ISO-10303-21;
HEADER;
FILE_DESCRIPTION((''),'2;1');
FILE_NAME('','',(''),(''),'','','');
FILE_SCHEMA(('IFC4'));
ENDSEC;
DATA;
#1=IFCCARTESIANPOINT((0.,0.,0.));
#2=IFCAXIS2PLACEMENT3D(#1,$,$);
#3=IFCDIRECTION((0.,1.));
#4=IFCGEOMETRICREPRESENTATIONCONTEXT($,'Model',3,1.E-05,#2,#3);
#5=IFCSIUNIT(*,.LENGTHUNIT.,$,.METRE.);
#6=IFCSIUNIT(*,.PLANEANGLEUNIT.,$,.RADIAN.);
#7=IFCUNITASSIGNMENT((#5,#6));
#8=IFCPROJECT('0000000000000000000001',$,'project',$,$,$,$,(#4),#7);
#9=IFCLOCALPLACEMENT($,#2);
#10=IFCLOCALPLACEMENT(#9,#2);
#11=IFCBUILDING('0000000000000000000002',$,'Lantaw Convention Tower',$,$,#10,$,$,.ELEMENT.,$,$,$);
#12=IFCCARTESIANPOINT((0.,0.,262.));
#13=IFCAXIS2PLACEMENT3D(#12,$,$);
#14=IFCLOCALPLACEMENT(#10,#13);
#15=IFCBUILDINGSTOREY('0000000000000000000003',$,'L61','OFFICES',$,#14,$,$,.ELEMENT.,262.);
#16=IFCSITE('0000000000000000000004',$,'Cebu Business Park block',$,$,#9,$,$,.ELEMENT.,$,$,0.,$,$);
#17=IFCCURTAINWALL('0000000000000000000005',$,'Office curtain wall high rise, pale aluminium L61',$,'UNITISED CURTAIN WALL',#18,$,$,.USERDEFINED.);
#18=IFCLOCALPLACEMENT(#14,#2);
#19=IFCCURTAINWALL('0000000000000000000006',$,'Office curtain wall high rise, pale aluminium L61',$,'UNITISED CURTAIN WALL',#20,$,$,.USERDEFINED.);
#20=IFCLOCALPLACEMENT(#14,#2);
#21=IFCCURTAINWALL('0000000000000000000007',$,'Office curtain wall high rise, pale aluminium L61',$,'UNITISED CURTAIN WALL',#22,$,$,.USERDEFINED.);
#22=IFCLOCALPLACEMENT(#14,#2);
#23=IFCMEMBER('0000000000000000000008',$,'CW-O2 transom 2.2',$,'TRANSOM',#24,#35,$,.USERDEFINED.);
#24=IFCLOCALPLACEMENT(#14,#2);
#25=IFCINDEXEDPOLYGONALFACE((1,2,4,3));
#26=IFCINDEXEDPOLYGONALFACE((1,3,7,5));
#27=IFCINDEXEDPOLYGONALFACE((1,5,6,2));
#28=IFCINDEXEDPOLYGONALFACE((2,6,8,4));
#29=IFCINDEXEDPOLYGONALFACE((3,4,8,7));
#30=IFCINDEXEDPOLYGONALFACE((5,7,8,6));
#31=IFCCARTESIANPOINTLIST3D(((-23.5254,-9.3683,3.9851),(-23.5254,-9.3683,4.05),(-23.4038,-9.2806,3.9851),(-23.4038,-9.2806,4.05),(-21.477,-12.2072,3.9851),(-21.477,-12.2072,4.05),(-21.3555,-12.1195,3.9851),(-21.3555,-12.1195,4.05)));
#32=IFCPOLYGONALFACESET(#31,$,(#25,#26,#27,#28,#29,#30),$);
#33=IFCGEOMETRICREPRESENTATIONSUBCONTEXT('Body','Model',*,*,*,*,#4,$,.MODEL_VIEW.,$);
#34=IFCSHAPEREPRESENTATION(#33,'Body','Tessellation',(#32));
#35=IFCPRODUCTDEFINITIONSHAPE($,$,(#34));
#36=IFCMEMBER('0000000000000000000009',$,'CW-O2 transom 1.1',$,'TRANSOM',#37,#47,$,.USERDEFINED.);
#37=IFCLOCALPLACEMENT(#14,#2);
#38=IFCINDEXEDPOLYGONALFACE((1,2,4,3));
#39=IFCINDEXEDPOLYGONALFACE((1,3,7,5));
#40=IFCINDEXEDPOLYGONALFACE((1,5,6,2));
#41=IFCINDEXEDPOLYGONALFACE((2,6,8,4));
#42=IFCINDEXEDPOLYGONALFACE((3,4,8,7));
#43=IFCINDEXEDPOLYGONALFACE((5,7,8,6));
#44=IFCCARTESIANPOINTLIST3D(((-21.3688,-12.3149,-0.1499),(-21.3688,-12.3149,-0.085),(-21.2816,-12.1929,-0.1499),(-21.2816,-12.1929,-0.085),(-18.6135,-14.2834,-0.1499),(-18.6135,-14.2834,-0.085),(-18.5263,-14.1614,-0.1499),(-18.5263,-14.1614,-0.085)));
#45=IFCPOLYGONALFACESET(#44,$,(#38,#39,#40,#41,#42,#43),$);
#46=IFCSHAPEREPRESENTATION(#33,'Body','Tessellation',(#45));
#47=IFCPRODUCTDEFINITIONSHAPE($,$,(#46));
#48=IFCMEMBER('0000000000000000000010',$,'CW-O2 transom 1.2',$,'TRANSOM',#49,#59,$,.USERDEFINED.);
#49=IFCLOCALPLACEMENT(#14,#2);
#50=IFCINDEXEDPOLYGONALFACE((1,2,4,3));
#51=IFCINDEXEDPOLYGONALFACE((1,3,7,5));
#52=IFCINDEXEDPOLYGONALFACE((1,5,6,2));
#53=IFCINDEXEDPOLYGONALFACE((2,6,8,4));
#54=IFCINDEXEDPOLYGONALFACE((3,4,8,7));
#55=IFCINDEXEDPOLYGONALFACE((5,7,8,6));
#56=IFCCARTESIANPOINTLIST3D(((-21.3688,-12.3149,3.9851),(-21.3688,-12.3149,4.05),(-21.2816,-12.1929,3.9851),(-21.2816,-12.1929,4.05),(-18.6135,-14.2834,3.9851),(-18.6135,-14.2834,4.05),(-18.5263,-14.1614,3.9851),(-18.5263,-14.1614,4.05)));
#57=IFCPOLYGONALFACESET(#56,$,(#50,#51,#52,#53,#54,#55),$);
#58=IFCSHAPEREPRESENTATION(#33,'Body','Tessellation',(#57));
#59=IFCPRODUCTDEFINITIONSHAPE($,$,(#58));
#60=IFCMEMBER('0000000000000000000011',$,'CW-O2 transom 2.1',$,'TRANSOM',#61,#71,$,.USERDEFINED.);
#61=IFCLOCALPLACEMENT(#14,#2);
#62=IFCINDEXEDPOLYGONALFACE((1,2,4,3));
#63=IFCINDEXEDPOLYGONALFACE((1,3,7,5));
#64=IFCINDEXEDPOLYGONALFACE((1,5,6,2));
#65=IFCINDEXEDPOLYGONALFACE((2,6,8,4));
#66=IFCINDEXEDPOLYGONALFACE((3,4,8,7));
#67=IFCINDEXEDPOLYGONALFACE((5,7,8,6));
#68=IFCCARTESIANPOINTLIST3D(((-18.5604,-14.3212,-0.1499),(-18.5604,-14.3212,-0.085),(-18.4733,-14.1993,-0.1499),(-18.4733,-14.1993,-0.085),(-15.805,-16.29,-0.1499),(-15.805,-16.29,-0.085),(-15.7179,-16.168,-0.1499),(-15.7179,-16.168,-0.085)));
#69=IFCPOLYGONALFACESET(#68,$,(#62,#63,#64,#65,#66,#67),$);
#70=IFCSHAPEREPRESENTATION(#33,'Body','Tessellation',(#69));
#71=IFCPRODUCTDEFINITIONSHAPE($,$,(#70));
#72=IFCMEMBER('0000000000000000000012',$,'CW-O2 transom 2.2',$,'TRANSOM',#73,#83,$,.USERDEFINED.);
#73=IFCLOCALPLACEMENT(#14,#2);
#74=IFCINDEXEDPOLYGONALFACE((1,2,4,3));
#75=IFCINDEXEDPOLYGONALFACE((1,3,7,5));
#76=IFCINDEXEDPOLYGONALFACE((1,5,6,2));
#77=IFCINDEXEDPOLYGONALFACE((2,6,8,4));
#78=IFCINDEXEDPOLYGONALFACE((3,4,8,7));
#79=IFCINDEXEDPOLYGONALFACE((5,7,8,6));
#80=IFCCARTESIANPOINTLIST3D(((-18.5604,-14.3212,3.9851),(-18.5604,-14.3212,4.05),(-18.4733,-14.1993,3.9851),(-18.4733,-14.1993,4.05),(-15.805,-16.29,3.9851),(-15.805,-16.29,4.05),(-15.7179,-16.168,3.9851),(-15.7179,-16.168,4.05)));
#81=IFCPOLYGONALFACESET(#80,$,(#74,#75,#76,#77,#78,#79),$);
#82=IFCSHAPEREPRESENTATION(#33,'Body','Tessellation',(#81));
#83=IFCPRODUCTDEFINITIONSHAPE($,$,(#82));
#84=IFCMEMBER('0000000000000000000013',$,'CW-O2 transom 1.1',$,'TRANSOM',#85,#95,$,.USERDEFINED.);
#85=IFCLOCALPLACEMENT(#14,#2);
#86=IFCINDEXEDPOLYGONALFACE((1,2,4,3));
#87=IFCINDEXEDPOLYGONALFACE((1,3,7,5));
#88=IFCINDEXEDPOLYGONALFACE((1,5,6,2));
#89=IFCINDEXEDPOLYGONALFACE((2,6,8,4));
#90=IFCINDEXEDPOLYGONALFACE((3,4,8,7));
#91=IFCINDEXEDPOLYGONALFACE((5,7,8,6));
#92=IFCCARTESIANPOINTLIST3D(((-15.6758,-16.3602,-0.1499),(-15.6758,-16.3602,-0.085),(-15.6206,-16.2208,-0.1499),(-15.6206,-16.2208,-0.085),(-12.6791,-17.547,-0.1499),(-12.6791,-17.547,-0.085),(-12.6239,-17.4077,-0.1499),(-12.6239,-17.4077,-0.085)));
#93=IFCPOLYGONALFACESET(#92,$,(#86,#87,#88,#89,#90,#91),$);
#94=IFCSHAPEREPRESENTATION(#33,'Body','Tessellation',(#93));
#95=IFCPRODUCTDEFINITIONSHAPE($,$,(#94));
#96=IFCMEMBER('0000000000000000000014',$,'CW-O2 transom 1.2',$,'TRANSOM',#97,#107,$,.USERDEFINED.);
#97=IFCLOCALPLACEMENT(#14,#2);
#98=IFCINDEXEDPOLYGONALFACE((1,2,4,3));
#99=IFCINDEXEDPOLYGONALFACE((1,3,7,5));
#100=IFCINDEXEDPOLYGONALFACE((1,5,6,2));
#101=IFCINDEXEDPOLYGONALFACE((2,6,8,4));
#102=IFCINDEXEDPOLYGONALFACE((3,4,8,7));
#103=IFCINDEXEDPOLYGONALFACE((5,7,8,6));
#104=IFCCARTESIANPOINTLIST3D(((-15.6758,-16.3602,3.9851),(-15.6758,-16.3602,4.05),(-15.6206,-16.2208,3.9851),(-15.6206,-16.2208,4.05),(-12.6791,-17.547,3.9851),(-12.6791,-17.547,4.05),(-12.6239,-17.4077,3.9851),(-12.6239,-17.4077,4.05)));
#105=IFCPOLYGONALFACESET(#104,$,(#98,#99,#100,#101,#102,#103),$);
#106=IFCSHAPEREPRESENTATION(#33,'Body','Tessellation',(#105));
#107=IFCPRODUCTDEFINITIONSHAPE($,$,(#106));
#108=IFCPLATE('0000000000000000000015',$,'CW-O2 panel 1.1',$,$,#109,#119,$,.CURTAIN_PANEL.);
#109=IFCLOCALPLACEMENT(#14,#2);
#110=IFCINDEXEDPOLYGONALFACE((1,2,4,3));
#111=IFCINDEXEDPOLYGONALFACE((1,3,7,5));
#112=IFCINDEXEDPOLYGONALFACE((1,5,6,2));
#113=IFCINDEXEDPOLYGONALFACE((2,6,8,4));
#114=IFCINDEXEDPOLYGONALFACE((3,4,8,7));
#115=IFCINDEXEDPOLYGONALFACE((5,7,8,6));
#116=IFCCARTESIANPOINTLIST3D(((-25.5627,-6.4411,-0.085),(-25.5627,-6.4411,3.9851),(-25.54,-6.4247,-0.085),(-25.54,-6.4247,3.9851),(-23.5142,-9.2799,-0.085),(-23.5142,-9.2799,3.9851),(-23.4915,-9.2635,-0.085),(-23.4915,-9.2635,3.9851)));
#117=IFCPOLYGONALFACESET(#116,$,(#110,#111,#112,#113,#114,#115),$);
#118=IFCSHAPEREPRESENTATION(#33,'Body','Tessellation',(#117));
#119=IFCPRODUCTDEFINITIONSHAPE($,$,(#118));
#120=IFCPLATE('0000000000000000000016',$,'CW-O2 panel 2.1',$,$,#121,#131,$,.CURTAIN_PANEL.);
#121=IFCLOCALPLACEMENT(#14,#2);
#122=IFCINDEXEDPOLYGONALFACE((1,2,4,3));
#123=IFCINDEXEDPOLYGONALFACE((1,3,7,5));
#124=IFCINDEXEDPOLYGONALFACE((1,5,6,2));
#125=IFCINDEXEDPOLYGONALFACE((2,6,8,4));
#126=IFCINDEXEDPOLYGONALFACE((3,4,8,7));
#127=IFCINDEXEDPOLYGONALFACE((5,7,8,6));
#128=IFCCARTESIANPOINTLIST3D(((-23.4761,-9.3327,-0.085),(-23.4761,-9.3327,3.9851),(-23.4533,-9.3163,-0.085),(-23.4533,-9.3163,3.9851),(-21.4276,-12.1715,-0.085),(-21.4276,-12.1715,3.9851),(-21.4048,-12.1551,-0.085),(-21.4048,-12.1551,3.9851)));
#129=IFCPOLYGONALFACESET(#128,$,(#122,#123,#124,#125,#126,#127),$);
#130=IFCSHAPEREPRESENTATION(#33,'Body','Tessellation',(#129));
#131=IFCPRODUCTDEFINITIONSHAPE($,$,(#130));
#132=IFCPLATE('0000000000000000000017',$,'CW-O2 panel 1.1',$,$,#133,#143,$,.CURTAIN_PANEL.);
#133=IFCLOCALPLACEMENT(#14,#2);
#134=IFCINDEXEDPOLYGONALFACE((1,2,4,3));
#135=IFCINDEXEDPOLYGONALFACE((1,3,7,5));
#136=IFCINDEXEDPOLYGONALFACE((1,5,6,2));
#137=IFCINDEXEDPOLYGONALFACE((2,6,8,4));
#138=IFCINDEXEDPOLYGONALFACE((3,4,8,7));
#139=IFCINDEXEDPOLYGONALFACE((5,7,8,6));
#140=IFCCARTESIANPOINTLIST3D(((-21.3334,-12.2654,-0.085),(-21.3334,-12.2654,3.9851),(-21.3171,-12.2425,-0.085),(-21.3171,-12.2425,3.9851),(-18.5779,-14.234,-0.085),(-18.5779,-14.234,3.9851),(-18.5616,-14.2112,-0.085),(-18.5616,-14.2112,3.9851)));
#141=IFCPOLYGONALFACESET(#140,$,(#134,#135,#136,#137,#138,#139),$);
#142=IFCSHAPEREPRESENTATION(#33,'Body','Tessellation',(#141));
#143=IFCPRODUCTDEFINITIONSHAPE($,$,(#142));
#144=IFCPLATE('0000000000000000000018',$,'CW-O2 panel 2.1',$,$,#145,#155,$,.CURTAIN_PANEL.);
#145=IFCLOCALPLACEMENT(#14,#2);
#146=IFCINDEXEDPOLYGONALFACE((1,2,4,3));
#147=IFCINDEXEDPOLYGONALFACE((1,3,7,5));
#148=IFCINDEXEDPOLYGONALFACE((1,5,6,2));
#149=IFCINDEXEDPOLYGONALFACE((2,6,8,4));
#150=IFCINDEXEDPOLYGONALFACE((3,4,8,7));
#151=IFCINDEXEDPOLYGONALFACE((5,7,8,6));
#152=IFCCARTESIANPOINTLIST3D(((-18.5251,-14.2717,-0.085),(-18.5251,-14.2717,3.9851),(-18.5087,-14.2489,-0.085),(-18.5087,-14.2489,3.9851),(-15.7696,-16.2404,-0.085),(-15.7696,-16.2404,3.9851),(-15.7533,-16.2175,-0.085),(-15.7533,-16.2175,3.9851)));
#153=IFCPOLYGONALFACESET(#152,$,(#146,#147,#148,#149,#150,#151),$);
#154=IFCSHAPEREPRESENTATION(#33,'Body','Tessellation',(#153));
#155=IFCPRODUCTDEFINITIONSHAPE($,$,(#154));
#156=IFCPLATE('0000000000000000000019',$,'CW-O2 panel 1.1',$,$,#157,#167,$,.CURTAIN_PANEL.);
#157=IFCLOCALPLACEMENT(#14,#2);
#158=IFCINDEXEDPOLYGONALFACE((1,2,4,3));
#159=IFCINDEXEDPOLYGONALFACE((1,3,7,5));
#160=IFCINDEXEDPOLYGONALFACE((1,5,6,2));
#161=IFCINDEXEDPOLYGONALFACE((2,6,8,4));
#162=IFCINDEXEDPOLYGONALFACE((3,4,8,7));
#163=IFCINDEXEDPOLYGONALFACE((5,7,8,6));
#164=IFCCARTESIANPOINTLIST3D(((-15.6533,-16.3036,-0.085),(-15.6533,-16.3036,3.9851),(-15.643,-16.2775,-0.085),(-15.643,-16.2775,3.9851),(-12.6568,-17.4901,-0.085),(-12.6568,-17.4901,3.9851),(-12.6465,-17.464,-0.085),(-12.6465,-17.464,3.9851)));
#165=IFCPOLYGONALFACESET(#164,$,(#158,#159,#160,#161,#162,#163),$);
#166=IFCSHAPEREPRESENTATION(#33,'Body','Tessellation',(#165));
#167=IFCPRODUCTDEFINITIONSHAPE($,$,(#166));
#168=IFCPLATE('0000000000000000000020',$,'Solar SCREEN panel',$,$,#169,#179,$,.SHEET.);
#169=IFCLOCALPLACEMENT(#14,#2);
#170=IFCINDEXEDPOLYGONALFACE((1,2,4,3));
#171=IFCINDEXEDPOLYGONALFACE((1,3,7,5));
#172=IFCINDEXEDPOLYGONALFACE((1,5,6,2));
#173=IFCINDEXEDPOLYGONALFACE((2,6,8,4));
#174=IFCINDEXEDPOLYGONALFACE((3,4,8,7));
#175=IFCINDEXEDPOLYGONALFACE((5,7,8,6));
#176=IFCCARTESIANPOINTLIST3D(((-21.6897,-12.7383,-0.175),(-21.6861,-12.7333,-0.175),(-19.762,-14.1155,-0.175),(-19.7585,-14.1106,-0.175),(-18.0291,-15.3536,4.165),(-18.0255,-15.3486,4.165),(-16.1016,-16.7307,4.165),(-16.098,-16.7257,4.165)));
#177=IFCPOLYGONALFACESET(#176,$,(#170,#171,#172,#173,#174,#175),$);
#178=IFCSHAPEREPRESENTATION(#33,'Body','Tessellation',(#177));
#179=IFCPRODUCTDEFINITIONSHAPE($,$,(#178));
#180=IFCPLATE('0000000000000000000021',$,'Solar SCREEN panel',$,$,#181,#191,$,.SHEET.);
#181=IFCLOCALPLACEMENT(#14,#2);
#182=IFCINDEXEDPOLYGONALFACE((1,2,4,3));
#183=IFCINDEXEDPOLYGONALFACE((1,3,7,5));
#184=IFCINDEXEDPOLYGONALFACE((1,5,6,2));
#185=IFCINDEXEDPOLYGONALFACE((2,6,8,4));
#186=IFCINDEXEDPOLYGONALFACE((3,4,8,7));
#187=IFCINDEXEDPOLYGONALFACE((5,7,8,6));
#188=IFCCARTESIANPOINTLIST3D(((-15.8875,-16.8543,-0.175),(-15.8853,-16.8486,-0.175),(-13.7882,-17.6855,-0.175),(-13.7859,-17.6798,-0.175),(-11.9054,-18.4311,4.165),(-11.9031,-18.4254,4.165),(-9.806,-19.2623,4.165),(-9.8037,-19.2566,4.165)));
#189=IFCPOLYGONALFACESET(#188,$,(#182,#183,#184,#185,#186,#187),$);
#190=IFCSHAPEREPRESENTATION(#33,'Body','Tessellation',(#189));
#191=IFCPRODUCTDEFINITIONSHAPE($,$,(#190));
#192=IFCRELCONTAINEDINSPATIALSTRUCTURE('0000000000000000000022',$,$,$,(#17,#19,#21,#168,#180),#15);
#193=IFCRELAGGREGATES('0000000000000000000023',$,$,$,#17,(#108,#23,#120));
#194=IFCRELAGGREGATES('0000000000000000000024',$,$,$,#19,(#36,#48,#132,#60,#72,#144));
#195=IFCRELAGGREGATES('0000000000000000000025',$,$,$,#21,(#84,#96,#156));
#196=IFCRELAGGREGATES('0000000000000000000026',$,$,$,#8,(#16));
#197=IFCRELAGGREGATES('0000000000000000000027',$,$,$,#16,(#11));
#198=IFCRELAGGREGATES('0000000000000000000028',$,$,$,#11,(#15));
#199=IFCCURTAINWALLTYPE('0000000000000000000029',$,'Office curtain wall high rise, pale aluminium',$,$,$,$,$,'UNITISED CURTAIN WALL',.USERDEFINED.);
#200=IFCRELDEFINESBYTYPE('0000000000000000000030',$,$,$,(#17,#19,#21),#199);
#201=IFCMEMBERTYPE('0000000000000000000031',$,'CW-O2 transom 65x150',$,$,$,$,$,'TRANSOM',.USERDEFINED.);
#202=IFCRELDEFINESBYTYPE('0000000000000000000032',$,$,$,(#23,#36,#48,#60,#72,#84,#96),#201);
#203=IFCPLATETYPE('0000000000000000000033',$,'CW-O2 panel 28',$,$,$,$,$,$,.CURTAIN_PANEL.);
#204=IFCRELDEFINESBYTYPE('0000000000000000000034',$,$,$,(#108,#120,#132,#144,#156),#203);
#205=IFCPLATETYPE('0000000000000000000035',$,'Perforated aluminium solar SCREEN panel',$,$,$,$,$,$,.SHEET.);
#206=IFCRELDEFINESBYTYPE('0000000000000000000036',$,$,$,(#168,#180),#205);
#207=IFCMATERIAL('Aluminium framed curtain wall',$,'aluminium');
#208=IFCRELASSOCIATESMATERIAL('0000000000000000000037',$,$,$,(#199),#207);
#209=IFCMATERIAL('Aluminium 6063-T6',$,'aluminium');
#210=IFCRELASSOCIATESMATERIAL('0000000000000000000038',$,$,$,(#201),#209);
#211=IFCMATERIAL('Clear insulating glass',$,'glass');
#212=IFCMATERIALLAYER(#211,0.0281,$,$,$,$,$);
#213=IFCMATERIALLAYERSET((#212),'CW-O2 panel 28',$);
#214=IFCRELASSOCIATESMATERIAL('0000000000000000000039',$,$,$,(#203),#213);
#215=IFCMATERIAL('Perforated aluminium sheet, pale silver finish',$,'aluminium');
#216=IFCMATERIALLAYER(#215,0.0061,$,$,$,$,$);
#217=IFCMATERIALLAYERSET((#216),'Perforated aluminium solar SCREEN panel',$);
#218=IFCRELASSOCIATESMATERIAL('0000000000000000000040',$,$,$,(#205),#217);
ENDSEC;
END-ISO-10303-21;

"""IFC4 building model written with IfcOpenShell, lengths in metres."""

from ifc_helpers import new_model, si_unit, direction, frame, origin, origin_2d, place, context, subcontext, project, spatial, polyline, rectangle, outline, extrude, material, layer, layer_set, material_profile, profile_set, type_object, element, aggregate, save


model = new_model("IFC4")

# Units and contexts
model_context = context("Model", 3, precision=1e-05, world=origin(), true_north=direction((0.0, 1.0)))
body_context = subcontext(model_context, "Body", "Model", "MODEL_VIEW")
ifc_project = project(units=[si_unit("LENGTHUNIT", "METRE"), si_unit("PLANEANGLEUNIT", "RADIAN")], contexts=[model_context])

# Site, building, storey
site_placement = place(None, origin())
site = spatial("IfcSite", under=ifc_project, at=site_placement, Name="Cebu Business Park block", CompositionType="ELEMENT", RefElevation=0.0)
building_placement = place(site_placement, origin())
building = spatial("IfcBuilding", under=site, at=building_placement, Name="Lantaw Convention Tower", CompositionType="ELEMENT")
storey_placement = place(building_placement, frame((0.0, 0.0, 262.0)))
storey = spatial("IfcBuildingStorey", under=building, at=storey_placement, Name="L61", Description="OFFICES", CompositionType="ELEMENT", Elevation=262.0)

# Curtain walls
ifc_material_1 = material(Name="Aluminium framed curtain wall", Category="aluminium")
curtain_wall_type = type_object("IfcCurtainWallType", Name="Office curtain wall high rise, pale aluminium", ElementType="UNITISED CURTAIN WALL", PredefinedType="USERDEFINED", material=ifc_material_1)
curtain_wall_1_placement = place(storey_placement, origin())
curtain_wall_1 = element("IfcCurtainWall", 1, at=curtain_wall_1_placement, inside=storey, type_object=curtain_wall_type, Name="Office curtain wall high rise, pale aluminium L61", ObjectType="UNITISED CURTAIN WALL", PredefinedType="USERDEFINED")
ifc_material_2 = material(Name="Aluminium 6063-T6", Category="aluminium")
curtain_wall_2_placement = place(storey_placement, origin())
curtain_wall_2 = element("IfcCurtainWall", 2, at=curtain_wall_2_placement, inside=storey, type_object=curtain_wall_type, Name="Office curtain wall high rise, pale aluminium L61", ObjectType="UNITISED CURTAIN WALL", PredefinedType="USERDEFINED")

# Curtain wall
curtain_wall_3_placement = place(storey_placement, origin())
curtain_wall_3 = element("IfcCurtainWall", 3, at=curtain_wall_3_placement, inside=storey, type_object=curtain_wall_type, Name="Office curtain wall high rise, pale aluminium L61", ObjectType="UNITISED CURTAIN WALL", PredefinedType="USERDEFINED")

# Members
ifc_material_profile_1 = material_profile(ifc_material_2, rectangle(XDim=0.1499, YDim=0.0649, at=origin_2d()), Name="CW-O2 transom 65x150")
ifc_profile_set_1 = profile_set([ifc_material_profile_1], Name="Aluminium 6063-T6")
member_type_1 = type_object("IfcMemberType", Name="CW-O2 transom 65x150", ElementType="TRANSOM", PredefinedType="USERDEFINED", material=ifc_profile_set_1)
member_1_placement = place(storey_placement, frame((-23.4646, -9.3245, 4.0176), z_axis=(0.585124, -0.810944, 0.0), x_axis=(0.810944, 0.585124, 0.0)))
member_1 = element("IfcMember", 4, at=member_1_placement, type_object=member_type_1, Name="CW-O2 transom 2.2", ObjectType="TRANSOM", PredefinedType="USERDEFINED", context=body_context, shape_type="SweptSolid", body=[
    extrude(rectangle(XDim=0.1499, YDim=0.0649, at=origin_2d()), origin(), (0.0, 0.0, 1.0), 3.5007),
])
member_2_placement = place(storey_placement, frame((-21.3252, -12.2539, -0.1174), z_axis=(0.81368, -0.581313, 0.0), x_axis=(0.581313, 0.81368, 0.0)))
member_2 = element("IfcMember", 5, at=member_2_placement, type_object=member_type_1, Name="CW-O2 transom 1.1", ObjectType="TRANSOM", PredefinedType="USERDEFINED", context=body_context, shape_type="SweptSolid", body=[
    extrude(rectangle(XDim=0.1499, YDim=0.0649, at=origin_2d()), origin(), (0.0, 0.0, 1.0), 3.3862),
])
member_3_placement = place(storey_placement, frame((-21.3252, -12.2539, 4.0176), z_axis=(0.81368, -0.581313, 0.0), x_axis=(0.581313, 0.81368, 0.0)))
member_3 = element("IfcMember", 6, at=member_3_placement, type_object=member_type_1, Name="CW-O2 transom 1.2", ObjectType="TRANSOM", PredefinedType="USERDEFINED", context=body_context, shape_type="SweptSolid", body=[
    extrude(rectangle(XDim=0.1499, YDim=0.0649, at=origin_2d()), origin(), (0.0, 0.0, 1.0), 3.3862),
])
member_4_placement = place(storey_placement, frame((-18.5168, -14.2603, -0.1174), z_axis=(0.813646, -0.581361, 0.0), x_axis=(0.581361, 0.813646, 0.0)))
member_4 = element("IfcMember", 7, at=member_4_placement, type_object=member_type_1, Name="CW-O2 transom 2.1", ObjectType="TRANSOM", PredefinedType="USERDEFINED", context=body_context, shape_type="SweptSolid", body=[
    extrude(rectangle(XDim=0.1499, YDim=0.0649, at=origin_2d()), origin(), (0.0, 0.0, 1.0), 3.3865),
])
member_5_placement = place(storey_placement, frame((-18.5168, -14.2603, 4.0176), z_axis=(0.813646, -0.581361, 0.0), x_axis=(0.581361, 0.813646, 0.0)))
member_5 = element("IfcMember", 8, at=member_5_placement, type_object=member_type_1, Name="CW-O2 transom 2.2", ObjectType="TRANSOM", PredefinedType="USERDEFINED", context=body_context, shape_type="SweptSolid", body=[
    extrude(rectangle(XDim=0.1499, YDim=0.0649, at=origin_2d()), origin(), (0.0, 0.0, 1.0), 3.3865),
])
member_6_placement = place(storey_placement, frame((-15.6482, -16.2905, -0.1174), z_axis=(0.929741, -0.368215, 0.0), x_axis=(0.368215, 0.929741, 0.0)))
member_6 = element("IfcMember", 9, at=member_6_placement, type_object=member_type_1, Name="CW-O2 transom 1.1", ObjectType="TRANSOM", PredefinedType="USERDEFINED", context=body_context, shape_type="SweptSolid", body=[
    extrude(rectangle(XDim=0.1499, YDim=0.0649, at=origin_2d()), origin(), (0.0, 0.0, 1.0), 3.2231),
])
member_7_placement = place(storey_placement, frame((-15.6482, -16.2905, 4.0176), z_axis=(0.929741, -0.368215, 0.0), x_axis=(0.368215, 0.929741, 0.0)))
member_7 = element("IfcMember", 10, at=member_7_placement, type_object=member_type_1, Name="CW-O2 transom 1.2", ObjectType="TRANSOM", PredefinedType="USERDEFINED", context=body_context, shape_type="SweptSolid", body=[
    extrude(rectangle(XDim=0.1499, YDim=0.0649, at=origin_2d()), origin(), (0.0, 0.0, 1.0), 3.2231),
])

# Plates
ifc_material_3 = material(Name="Clear insulating glass", Category="glass")
ifc_layer_1 = layer(ifc_material_3, 0.0281)
ifc_layer_set_1 = layer_set([ifc_layer_1], Name="CW-O2 panel 28")
plate_type_1 = type_object("IfcPlateType", Name="CW-O2 panel 28", PredefinedType="CURTAIN_PANEL", material=ifc_layer_set_1)
plate_1_placement = place(storey_placement, frame((-24.5271, -7.8523, -0.085), z_axis=(0.0, 0.0, 1.0), x_axis=(0.585158, -0.81092, 0.0)))
plate_1 = element("IfcPlate", 11, at=plate_1_placement, type_object=plate_type_1, Name="CW-O2 panel 1.1", PredefinedType="CURTAIN_PANEL", context=body_context, shape_type="SweptSolid", body=[
    extrude(rectangle(XDim=3.5007, YDim=0.0281, at=origin_2d()), origin(), (0.0, 0.0, 1.0), 4.0701),
])
plate_2_placement = place(storey_placement, frame((-22.4404, -10.7439, -0.085), z_axis=(0.0, 0.0, 1.0), x_axis=(0.585158, -0.81092, 0.0)))
plate_2 = element("IfcPlate", 12, at=plate_2_placement, type_object=plate_type_1, Name="CW-O2 panel 2.1", PredefinedType="CURTAIN_PANEL", context=body_context, shape_type="SweptSolid", body=[
    extrude(rectangle(XDim=3.5007, YDim=0.0281, at=origin_2d()), origin(), (0.0, 0.0, 1.0), 4.0701),
])
aggregate(curtain_wall_1, [plate_1, member_1, plate_2])
plate_3_placement = place(storey_placement, frame((-19.9475, -13.2383, -0.085), z_axis=(0.0, 0.0, 1.0), x_axis=(0.813673, -0.581323, 0.0)))
plate_3 = element("IfcPlate", 13, at=plate_3_placement, type_object=plate_type_1, Name="CW-O2 panel 1.1", PredefinedType="CURTAIN_PANEL", context=body_context, shape_type="SweptSolid", body=[
    extrude(rectangle(XDim=3.3865, YDim=0.0281, at=origin_2d()), origin(), (0.0, 0.0, 1.0), 4.0701),
])
plate_4_placement = place(storey_placement, frame((-17.1392, -15.2446, -0.085), z_axis=(0.0, 0.0, 1.0), x_axis=(0.813673, -0.581323, 0.0)))
plate_4 = element("IfcPlate", 14, at=plate_4_placement, type_object=plate_type_1, Name="CW-O2 panel 2.1", PredefinedType="CURTAIN_PANEL", context=body_context, shape_type="SweptSolid", body=[
    extrude(rectangle(XDim=3.3865, YDim=0.0281, at=origin_2d()), origin(), (0.0, 0.0, 1.0), 4.0701),
])
aggregate(curtain_wall_2, [member_2, member_3, plate_3, member_4, member_5, plate_4])
plate_5_placement = place(storey_placement, frame((-14.1499, -16.8838, -0.085), z_axis=(0.0, 0.0, 1.0), x_axis=(0.929762, -0.368162, 0.0)))
plate_5 = element("IfcPlate", 15, at=plate_5_placement, type_object=plate_type_1, Name="CW-O2 panel 1.1", PredefinedType="CURTAIN_PANEL", context=body_context, shape_type="SweptSolid", body=[
    extrude(rectangle(XDim=3.2229, YDim=0.0281, at=origin_2d()), origin(), (0.0, 0.0, 1.0), 4.0701),
])
aggregate(curtain_wall_3, [member_6, member_7, plate_5])

# Plates
ifc_material_4 = material(Name="Perforated aluminium sheet, pale silver finish", Category="aluminium")
ifc_layer_2 = layer(ifc_material_4, 0.0061)
ifc_layer_set_2 = layer_set([ifc_layer_2], Name="Perforated aluminium solar SCREEN panel")
plate_type_2 = type_object("IfcPlateType", Name="Perforated aluminium solar SCREEN panel", PredefinedType="SHEET", material=ifc_layer_set_2)
plate_6_placement = place(storey_placement, frame((-21.6897, -12.7383, -0.175), z_axis=(-0.581331, -0.813667, 0.00001), x_axis=(0.813667, -0.581331, 0.0)))
element("IfcPlate", 16, at=plate_6_placement, inside=storey, type_object=plate_type_2, Name="Solar SCREEN panel", PredefinedType="SHEET", context=body_context, shape_type="SweptSolid", body=[
    extrude(outline(polyline([(0.0, 0.0), (2.3691, 0.0), (6.8678, 4.3401), (4.4989, 4.3401), (0.0, 0.0)])), origin(), (0.0, 0.0, -1.0), 0.0061),
])
plate_7_placement = place(storey_placement, frame((-15.8853, -16.8486, -0.175), z_axis=(0.368117, 0.92978, 0.000036), x_axis=(0.92978, -0.368117, 0.0)))
element("IfcPlate", 17, at=plate_7_placement, inside=storey, type_object=plate_type_2, Name="Solar SCREEN panel", PredefinedType="SHEET", context=body_context, shape_type="SweptSolid", body=[
    extrude(outline(polyline([(0.0, 0.0), (2.2579, 0.0), (6.5409, -4.3401), (4.2829, -4.3401), (0.0, 0.0)])), origin(), (0.0, 0.0, -1.0), 0.0061),
])

save(model, "model.ifc")
